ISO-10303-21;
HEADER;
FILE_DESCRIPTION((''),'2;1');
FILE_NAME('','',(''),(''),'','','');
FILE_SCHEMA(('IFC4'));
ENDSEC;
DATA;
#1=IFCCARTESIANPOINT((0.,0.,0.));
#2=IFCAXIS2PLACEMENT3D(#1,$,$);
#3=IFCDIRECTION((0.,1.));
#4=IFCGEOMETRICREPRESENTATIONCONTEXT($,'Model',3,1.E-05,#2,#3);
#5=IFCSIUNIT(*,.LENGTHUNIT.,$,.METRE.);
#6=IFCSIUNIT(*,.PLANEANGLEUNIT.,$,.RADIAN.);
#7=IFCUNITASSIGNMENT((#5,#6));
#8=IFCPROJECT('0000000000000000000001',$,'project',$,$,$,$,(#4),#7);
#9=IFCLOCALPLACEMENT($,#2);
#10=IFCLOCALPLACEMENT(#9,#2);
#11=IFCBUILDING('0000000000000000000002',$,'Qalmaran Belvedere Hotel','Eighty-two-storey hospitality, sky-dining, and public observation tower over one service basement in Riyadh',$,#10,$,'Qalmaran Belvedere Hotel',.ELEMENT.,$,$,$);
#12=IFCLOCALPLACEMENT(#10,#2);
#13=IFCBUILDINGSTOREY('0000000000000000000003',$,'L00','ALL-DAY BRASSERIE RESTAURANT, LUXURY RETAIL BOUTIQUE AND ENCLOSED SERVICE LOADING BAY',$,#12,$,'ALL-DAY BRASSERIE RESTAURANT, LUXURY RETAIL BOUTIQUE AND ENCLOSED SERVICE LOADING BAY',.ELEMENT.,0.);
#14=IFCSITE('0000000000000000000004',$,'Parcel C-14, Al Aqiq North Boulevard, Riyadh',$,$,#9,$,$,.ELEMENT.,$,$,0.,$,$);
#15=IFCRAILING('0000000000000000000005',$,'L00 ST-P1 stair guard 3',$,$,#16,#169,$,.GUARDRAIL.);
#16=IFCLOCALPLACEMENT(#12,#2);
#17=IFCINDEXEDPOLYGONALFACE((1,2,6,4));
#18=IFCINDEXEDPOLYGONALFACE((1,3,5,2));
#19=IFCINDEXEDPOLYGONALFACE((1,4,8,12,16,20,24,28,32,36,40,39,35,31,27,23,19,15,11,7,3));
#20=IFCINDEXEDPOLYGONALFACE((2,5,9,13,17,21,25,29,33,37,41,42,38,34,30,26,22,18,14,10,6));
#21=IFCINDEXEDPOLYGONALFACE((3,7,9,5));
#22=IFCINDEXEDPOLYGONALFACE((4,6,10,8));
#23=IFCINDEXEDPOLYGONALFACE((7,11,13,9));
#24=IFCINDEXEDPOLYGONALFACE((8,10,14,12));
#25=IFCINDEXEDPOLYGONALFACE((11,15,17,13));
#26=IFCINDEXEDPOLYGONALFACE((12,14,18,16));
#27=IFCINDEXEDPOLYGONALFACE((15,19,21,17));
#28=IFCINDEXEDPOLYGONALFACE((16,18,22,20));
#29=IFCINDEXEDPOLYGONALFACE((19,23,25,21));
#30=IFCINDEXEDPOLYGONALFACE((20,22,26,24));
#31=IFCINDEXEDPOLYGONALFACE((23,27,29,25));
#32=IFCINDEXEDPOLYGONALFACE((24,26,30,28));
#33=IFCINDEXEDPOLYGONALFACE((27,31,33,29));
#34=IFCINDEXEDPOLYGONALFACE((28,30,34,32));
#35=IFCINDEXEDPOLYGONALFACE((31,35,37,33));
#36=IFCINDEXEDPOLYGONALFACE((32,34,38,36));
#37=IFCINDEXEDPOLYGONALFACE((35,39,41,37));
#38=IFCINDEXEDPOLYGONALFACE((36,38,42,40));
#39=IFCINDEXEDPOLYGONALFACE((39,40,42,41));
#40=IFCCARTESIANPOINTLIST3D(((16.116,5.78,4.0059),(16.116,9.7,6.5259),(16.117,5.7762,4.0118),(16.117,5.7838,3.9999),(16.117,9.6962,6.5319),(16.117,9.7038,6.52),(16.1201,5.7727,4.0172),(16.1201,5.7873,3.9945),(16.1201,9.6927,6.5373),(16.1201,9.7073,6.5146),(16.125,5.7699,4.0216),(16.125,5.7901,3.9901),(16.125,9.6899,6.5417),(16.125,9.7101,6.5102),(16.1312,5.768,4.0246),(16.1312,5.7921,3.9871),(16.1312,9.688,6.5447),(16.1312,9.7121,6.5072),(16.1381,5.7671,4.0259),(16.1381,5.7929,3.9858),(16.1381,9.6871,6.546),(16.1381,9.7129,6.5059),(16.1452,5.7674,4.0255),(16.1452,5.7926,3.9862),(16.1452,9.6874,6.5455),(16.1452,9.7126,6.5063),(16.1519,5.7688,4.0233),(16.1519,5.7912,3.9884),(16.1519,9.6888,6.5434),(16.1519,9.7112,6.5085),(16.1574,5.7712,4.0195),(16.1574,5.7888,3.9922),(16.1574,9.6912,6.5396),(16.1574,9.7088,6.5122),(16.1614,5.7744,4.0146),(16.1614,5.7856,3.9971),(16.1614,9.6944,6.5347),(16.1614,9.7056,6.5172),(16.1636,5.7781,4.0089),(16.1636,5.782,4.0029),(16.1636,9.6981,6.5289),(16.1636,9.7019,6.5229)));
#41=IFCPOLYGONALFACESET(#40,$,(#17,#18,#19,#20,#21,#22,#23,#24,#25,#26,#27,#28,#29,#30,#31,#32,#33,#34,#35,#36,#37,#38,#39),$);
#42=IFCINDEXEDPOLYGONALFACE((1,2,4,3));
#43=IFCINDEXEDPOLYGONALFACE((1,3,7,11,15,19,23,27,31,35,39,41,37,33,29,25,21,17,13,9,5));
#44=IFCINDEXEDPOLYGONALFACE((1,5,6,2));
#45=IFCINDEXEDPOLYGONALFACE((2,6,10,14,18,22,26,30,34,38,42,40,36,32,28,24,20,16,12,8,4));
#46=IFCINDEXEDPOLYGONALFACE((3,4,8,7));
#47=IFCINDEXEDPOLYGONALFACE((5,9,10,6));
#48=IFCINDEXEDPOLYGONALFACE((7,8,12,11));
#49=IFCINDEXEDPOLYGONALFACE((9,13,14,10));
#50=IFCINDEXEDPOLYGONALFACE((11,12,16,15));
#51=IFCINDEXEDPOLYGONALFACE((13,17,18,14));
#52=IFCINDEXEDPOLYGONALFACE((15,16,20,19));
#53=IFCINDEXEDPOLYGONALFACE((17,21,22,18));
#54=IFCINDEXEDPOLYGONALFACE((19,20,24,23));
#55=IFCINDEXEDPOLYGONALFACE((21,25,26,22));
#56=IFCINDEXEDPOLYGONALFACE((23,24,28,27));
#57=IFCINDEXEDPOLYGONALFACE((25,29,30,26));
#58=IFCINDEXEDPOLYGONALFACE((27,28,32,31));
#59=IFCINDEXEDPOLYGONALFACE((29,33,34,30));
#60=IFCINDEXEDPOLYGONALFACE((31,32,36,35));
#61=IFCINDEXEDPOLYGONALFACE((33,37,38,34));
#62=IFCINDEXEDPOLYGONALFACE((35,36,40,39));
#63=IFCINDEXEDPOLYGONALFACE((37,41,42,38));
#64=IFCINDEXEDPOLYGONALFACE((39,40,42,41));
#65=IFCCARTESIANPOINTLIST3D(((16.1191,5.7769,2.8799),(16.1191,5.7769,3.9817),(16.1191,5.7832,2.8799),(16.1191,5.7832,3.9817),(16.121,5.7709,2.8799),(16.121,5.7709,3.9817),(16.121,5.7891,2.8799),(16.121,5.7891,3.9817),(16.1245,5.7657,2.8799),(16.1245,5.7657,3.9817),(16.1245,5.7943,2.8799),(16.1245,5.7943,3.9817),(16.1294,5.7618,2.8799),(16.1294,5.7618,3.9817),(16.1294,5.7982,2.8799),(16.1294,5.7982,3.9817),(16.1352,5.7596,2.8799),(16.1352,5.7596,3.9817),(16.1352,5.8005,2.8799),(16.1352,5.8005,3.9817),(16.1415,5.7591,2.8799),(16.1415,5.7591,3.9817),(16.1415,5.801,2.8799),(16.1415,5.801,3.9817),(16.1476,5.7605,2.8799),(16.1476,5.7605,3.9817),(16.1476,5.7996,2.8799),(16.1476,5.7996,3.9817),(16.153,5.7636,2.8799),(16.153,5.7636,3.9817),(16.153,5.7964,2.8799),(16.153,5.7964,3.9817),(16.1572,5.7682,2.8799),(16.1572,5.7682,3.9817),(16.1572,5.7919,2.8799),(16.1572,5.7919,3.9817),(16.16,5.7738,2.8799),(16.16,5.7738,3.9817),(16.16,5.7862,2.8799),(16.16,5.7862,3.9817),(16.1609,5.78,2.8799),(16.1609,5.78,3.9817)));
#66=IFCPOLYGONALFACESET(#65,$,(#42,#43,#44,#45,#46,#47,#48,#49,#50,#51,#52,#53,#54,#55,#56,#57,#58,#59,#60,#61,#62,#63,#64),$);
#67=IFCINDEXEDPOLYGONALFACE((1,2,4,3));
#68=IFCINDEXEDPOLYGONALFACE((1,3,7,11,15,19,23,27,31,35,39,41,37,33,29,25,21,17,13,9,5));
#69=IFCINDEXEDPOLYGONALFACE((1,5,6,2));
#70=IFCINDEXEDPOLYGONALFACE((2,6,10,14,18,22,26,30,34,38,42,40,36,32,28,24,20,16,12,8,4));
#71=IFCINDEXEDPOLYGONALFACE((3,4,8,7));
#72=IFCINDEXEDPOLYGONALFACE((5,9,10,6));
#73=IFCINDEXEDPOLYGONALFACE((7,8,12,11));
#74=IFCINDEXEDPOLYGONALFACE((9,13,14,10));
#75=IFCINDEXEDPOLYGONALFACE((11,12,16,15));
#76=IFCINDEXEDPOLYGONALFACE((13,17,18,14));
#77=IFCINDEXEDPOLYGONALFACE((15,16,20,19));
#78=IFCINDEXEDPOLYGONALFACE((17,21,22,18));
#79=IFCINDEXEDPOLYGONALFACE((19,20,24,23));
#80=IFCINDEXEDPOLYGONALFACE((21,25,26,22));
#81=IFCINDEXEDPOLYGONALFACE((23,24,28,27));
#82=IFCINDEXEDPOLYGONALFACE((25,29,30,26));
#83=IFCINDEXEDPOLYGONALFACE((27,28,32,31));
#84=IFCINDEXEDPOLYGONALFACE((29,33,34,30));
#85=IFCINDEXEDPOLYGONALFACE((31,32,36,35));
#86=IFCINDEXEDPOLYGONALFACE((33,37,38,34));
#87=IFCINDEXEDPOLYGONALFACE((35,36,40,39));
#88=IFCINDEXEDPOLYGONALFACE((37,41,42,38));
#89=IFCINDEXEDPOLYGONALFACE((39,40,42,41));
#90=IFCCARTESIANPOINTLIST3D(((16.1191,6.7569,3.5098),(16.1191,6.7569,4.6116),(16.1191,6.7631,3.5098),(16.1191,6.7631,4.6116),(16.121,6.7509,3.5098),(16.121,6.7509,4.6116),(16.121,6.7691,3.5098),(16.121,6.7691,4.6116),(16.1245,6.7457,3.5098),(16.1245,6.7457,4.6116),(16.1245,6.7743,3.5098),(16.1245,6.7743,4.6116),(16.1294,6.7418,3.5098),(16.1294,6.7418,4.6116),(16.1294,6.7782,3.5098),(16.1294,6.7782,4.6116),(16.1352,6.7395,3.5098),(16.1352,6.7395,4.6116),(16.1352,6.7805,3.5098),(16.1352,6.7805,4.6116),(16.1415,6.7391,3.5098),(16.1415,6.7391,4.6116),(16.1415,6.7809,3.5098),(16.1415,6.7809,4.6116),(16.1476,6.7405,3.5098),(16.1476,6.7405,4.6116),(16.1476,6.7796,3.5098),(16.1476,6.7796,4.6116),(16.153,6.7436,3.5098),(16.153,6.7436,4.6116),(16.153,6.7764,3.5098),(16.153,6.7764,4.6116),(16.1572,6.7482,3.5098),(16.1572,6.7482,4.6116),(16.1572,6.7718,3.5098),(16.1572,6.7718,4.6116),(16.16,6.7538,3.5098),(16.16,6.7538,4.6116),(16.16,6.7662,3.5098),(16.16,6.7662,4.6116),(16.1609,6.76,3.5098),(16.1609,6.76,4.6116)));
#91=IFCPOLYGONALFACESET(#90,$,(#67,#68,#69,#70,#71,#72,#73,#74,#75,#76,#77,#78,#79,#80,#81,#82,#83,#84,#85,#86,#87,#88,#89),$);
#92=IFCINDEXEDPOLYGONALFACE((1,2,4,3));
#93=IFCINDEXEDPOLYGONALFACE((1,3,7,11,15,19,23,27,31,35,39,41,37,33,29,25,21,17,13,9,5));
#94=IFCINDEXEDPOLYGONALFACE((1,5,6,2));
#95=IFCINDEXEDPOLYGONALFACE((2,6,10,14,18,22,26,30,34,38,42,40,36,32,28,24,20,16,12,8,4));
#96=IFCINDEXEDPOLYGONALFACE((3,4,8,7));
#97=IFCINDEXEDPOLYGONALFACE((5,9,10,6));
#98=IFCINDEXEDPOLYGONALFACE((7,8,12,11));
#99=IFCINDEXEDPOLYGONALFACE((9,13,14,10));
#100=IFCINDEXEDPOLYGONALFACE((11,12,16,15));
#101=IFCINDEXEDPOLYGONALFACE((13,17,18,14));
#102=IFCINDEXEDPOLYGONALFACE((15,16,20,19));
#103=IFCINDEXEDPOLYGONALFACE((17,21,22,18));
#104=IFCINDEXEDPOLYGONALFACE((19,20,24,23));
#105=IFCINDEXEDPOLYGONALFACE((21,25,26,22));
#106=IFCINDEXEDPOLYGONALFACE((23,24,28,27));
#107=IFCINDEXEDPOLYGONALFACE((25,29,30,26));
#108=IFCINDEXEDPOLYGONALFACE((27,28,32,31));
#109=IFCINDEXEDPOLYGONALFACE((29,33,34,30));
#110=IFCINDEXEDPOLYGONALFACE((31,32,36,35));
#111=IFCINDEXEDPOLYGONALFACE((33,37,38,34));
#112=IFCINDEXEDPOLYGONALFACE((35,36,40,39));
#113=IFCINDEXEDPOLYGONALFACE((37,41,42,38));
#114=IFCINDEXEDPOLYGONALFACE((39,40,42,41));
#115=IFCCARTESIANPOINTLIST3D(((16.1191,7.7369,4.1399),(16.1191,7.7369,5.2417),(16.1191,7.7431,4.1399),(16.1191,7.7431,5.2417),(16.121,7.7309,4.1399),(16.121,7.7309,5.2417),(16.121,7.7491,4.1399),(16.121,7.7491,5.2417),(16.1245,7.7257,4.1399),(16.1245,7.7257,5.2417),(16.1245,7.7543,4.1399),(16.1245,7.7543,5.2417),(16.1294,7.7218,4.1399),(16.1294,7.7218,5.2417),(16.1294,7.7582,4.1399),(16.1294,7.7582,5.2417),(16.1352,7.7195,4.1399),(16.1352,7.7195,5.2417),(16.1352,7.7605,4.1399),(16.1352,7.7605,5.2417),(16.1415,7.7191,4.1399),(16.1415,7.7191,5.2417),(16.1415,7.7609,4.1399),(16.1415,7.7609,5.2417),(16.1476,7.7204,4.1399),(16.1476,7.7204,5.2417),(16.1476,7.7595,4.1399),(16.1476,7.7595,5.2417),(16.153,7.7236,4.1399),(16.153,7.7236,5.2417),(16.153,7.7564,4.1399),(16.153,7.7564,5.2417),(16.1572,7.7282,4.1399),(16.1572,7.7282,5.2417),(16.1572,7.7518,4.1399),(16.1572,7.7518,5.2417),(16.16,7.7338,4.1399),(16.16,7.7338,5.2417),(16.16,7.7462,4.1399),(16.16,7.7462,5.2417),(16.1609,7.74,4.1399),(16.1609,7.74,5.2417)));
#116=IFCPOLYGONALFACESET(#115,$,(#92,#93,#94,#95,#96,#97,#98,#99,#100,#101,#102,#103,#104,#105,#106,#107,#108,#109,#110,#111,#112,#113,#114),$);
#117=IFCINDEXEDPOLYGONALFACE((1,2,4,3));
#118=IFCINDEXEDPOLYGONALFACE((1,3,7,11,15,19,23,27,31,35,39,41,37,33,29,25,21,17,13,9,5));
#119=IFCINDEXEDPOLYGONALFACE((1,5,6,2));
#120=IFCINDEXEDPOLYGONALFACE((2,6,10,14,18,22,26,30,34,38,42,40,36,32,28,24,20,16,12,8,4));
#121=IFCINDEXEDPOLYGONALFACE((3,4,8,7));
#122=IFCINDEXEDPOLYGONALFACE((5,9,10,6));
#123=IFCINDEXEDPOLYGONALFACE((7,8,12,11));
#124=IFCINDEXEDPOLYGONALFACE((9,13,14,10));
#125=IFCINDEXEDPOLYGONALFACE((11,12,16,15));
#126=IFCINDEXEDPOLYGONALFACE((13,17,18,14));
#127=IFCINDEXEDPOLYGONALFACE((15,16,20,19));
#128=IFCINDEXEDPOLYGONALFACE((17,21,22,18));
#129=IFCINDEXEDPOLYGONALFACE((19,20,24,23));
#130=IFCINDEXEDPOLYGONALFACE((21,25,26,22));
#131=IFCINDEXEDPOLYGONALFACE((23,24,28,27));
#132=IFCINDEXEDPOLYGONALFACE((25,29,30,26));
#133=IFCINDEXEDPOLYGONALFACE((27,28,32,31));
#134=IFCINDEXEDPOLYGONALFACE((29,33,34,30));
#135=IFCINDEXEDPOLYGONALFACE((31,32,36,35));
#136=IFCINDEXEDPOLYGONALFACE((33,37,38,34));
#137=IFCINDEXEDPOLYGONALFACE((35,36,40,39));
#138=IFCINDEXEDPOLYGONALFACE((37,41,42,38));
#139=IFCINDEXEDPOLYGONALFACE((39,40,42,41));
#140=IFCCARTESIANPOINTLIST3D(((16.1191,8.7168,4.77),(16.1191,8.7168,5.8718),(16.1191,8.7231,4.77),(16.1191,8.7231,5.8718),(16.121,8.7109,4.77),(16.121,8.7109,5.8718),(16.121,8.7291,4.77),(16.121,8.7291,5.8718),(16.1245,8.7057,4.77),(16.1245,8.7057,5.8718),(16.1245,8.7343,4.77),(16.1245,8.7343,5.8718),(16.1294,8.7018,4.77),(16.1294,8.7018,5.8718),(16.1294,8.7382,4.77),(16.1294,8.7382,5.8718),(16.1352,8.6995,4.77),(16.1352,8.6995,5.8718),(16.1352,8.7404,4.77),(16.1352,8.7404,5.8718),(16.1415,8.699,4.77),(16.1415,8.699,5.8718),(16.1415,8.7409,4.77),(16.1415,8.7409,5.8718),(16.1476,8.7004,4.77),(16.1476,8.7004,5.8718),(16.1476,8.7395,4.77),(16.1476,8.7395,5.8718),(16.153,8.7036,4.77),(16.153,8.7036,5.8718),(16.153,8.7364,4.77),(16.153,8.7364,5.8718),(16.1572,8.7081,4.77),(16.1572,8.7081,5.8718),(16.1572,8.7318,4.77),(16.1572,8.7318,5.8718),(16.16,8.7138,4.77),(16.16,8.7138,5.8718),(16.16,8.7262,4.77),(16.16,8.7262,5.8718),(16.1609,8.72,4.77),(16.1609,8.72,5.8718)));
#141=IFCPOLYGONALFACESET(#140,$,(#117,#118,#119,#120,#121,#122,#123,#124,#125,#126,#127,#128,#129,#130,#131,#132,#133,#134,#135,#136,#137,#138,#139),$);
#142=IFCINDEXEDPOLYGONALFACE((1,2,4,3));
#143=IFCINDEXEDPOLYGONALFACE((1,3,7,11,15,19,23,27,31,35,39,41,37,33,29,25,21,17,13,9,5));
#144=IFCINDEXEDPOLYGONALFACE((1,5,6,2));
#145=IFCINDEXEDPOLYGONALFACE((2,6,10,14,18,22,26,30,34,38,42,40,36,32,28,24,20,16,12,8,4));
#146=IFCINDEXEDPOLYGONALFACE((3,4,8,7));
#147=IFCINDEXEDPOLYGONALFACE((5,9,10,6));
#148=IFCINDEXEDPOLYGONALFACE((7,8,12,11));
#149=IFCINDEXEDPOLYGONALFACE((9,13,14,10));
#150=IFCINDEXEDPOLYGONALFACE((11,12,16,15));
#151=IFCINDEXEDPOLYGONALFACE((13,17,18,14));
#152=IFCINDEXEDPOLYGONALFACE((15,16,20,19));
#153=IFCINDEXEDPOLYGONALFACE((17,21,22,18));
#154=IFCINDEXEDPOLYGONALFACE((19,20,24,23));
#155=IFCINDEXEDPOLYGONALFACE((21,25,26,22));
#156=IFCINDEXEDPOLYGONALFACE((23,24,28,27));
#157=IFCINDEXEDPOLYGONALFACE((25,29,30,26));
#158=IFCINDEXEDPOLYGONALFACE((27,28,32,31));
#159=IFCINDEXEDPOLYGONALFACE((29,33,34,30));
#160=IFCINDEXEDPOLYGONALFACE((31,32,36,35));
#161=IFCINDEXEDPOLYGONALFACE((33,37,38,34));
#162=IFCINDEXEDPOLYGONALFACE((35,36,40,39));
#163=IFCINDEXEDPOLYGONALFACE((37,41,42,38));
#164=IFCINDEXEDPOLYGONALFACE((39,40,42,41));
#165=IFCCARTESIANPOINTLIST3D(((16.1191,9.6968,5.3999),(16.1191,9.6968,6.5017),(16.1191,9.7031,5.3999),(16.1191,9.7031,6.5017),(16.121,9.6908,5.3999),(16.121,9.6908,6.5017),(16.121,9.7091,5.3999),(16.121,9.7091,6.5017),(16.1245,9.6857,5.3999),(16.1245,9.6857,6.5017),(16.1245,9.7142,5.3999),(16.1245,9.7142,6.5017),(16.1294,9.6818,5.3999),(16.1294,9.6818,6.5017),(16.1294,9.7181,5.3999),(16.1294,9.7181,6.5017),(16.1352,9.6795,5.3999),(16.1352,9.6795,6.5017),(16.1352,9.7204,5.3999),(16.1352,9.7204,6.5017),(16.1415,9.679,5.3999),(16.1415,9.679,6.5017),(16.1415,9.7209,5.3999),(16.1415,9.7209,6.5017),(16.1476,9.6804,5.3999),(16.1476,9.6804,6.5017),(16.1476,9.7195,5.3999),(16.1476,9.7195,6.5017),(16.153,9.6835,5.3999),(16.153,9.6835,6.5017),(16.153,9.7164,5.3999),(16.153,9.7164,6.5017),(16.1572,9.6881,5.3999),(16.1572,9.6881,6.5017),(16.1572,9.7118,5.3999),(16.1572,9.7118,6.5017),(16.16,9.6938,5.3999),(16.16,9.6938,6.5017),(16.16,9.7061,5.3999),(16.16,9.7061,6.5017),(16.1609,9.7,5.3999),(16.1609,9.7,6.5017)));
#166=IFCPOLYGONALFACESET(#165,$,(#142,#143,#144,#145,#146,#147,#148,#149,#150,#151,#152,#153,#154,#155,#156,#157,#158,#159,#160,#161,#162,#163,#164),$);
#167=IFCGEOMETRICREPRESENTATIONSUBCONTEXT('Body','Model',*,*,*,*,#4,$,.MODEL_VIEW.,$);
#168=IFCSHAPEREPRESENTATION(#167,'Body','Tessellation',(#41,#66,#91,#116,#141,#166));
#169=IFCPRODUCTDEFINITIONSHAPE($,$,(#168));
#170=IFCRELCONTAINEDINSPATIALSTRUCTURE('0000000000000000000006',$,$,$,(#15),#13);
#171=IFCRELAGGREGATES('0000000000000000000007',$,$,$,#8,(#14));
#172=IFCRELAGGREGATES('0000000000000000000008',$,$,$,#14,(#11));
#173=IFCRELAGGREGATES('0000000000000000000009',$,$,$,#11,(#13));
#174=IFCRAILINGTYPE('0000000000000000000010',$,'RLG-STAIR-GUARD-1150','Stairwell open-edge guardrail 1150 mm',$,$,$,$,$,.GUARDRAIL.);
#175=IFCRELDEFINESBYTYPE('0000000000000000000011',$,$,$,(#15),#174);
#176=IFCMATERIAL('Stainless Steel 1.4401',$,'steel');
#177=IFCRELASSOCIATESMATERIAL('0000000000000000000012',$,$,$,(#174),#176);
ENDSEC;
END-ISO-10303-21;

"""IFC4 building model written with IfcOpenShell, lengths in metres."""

from ifc_helpers import new_model, si_unit, direction, frame, origin, origin_2d, place, context, subcontext, project, spatial, circle, extrude, material, type_object, element, save


model = new_model("IFC4")

# Units and contexts
model_context = context("Model", 3, precision=1e-05, world=origin(), true_north=direction((0.0, 1.0)))
body_context = subcontext(model_context, "Body", "Model", "MODEL_VIEW")
ifc_project = project(units=[si_unit("LENGTHUNIT", "METRE"), si_unit("PLANEANGLEUNIT", "RADIAN")], contexts=[model_context])

# Site, building, storey
site_placement = place(None, origin())
site = spatial("IfcSite", under=ifc_project, at=site_placement, Name="Parcel C-14, Al Aqiq North Boulevard, Riyadh", CompositionType="ELEMENT", RefElevation=0.0)
building_placement = place(site_placement, origin())
building = spatial("IfcBuilding", under=site, at=building_placement, Name="Qalmaran Belvedere Hotel", Description="Eighty-two-storey hospitality, sky-dining, and public observation tower over one service basement in Riyadh", LongName="Qalmaran Belvedere Hotel", CompositionType="ELEMENT")
storey_placement = place(building_placement, origin())
storey = spatial("IfcBuildingStorey", under=building, at=storey_placement, Name="L00", Description="ALL-DAY BRASSERIE RESTAURANT, LUXURY RETAIL BOUTIQUE AND ENCLOSED SERVICE LOADING BAY", LongName="ALL-DAY BRASSERIE RESTAURANT, LUXURY RETAIL BOUTIQUE AND ENCLOSED SERVICE LOADING BAY", CompositionType="ELEMENT", Elevation=0.0)

# Railing
ifc_material_1 = material(Name="Stainless Steel 1.4401", Category="steel")
railing_type_1 = type_object("IfcRailingType", Name="RLG-STAIR-GUARD-1150", Description="Stairwell open-edge guardrail 1150 mm", PredefinedType="GUARDRAIL", material=ifc_material_1)
railing_1_placement = place(storey_placement, frame((16.1399, 5.78, 2.8799)))
element("IfcRailing", 1, at=railing_1_placement, inside=storey, type_object=railing_type_1, Name="L00 ST-P1 stair guard 3", PredefinedType="GUARDRAIL", context=body_context, shape_type="SweptSolid", body=[
    extrude(circle(Radius=0.0239, at=origin_2d()), frame((0.0, 0.0, 1.126), z_axis=(0.0, 0.841172, 0.540768), x_axis=(-1.0, 0.0, 0.0)), (0.0, 0.0, 1.0), 4.6602),
    extrude(circle(Radius=0.021, at=origin_2d()), origin(), (0.0, 0.0, 1.0), 1.1018),
    extrude(circle(Radius=0.021, at=origin_2d()), frame((0.0, 0.98, 0.6299)), (0.0, 0.0, 1.0), 1.1018),
    extrude(circle(Radius=0.021, at=origin_2d()), frame((0.0, 1.96, 1.26)), (0.0, 0.0, 1.0), 1.1018),
    extrude(circle(Radius=0.021, at=origin_2d()), frame((0.0, 2.9399, 1.8901)), (0.0, 0.0, 1.0), 1.1018),
    extrude(circle(Radius=0.021, at=origin_2d()), frame((0.0, 3.9199, 2.52)), (0.0, 0.0, 1.0), 1.1018),
])

save(model, "model.ifc")
